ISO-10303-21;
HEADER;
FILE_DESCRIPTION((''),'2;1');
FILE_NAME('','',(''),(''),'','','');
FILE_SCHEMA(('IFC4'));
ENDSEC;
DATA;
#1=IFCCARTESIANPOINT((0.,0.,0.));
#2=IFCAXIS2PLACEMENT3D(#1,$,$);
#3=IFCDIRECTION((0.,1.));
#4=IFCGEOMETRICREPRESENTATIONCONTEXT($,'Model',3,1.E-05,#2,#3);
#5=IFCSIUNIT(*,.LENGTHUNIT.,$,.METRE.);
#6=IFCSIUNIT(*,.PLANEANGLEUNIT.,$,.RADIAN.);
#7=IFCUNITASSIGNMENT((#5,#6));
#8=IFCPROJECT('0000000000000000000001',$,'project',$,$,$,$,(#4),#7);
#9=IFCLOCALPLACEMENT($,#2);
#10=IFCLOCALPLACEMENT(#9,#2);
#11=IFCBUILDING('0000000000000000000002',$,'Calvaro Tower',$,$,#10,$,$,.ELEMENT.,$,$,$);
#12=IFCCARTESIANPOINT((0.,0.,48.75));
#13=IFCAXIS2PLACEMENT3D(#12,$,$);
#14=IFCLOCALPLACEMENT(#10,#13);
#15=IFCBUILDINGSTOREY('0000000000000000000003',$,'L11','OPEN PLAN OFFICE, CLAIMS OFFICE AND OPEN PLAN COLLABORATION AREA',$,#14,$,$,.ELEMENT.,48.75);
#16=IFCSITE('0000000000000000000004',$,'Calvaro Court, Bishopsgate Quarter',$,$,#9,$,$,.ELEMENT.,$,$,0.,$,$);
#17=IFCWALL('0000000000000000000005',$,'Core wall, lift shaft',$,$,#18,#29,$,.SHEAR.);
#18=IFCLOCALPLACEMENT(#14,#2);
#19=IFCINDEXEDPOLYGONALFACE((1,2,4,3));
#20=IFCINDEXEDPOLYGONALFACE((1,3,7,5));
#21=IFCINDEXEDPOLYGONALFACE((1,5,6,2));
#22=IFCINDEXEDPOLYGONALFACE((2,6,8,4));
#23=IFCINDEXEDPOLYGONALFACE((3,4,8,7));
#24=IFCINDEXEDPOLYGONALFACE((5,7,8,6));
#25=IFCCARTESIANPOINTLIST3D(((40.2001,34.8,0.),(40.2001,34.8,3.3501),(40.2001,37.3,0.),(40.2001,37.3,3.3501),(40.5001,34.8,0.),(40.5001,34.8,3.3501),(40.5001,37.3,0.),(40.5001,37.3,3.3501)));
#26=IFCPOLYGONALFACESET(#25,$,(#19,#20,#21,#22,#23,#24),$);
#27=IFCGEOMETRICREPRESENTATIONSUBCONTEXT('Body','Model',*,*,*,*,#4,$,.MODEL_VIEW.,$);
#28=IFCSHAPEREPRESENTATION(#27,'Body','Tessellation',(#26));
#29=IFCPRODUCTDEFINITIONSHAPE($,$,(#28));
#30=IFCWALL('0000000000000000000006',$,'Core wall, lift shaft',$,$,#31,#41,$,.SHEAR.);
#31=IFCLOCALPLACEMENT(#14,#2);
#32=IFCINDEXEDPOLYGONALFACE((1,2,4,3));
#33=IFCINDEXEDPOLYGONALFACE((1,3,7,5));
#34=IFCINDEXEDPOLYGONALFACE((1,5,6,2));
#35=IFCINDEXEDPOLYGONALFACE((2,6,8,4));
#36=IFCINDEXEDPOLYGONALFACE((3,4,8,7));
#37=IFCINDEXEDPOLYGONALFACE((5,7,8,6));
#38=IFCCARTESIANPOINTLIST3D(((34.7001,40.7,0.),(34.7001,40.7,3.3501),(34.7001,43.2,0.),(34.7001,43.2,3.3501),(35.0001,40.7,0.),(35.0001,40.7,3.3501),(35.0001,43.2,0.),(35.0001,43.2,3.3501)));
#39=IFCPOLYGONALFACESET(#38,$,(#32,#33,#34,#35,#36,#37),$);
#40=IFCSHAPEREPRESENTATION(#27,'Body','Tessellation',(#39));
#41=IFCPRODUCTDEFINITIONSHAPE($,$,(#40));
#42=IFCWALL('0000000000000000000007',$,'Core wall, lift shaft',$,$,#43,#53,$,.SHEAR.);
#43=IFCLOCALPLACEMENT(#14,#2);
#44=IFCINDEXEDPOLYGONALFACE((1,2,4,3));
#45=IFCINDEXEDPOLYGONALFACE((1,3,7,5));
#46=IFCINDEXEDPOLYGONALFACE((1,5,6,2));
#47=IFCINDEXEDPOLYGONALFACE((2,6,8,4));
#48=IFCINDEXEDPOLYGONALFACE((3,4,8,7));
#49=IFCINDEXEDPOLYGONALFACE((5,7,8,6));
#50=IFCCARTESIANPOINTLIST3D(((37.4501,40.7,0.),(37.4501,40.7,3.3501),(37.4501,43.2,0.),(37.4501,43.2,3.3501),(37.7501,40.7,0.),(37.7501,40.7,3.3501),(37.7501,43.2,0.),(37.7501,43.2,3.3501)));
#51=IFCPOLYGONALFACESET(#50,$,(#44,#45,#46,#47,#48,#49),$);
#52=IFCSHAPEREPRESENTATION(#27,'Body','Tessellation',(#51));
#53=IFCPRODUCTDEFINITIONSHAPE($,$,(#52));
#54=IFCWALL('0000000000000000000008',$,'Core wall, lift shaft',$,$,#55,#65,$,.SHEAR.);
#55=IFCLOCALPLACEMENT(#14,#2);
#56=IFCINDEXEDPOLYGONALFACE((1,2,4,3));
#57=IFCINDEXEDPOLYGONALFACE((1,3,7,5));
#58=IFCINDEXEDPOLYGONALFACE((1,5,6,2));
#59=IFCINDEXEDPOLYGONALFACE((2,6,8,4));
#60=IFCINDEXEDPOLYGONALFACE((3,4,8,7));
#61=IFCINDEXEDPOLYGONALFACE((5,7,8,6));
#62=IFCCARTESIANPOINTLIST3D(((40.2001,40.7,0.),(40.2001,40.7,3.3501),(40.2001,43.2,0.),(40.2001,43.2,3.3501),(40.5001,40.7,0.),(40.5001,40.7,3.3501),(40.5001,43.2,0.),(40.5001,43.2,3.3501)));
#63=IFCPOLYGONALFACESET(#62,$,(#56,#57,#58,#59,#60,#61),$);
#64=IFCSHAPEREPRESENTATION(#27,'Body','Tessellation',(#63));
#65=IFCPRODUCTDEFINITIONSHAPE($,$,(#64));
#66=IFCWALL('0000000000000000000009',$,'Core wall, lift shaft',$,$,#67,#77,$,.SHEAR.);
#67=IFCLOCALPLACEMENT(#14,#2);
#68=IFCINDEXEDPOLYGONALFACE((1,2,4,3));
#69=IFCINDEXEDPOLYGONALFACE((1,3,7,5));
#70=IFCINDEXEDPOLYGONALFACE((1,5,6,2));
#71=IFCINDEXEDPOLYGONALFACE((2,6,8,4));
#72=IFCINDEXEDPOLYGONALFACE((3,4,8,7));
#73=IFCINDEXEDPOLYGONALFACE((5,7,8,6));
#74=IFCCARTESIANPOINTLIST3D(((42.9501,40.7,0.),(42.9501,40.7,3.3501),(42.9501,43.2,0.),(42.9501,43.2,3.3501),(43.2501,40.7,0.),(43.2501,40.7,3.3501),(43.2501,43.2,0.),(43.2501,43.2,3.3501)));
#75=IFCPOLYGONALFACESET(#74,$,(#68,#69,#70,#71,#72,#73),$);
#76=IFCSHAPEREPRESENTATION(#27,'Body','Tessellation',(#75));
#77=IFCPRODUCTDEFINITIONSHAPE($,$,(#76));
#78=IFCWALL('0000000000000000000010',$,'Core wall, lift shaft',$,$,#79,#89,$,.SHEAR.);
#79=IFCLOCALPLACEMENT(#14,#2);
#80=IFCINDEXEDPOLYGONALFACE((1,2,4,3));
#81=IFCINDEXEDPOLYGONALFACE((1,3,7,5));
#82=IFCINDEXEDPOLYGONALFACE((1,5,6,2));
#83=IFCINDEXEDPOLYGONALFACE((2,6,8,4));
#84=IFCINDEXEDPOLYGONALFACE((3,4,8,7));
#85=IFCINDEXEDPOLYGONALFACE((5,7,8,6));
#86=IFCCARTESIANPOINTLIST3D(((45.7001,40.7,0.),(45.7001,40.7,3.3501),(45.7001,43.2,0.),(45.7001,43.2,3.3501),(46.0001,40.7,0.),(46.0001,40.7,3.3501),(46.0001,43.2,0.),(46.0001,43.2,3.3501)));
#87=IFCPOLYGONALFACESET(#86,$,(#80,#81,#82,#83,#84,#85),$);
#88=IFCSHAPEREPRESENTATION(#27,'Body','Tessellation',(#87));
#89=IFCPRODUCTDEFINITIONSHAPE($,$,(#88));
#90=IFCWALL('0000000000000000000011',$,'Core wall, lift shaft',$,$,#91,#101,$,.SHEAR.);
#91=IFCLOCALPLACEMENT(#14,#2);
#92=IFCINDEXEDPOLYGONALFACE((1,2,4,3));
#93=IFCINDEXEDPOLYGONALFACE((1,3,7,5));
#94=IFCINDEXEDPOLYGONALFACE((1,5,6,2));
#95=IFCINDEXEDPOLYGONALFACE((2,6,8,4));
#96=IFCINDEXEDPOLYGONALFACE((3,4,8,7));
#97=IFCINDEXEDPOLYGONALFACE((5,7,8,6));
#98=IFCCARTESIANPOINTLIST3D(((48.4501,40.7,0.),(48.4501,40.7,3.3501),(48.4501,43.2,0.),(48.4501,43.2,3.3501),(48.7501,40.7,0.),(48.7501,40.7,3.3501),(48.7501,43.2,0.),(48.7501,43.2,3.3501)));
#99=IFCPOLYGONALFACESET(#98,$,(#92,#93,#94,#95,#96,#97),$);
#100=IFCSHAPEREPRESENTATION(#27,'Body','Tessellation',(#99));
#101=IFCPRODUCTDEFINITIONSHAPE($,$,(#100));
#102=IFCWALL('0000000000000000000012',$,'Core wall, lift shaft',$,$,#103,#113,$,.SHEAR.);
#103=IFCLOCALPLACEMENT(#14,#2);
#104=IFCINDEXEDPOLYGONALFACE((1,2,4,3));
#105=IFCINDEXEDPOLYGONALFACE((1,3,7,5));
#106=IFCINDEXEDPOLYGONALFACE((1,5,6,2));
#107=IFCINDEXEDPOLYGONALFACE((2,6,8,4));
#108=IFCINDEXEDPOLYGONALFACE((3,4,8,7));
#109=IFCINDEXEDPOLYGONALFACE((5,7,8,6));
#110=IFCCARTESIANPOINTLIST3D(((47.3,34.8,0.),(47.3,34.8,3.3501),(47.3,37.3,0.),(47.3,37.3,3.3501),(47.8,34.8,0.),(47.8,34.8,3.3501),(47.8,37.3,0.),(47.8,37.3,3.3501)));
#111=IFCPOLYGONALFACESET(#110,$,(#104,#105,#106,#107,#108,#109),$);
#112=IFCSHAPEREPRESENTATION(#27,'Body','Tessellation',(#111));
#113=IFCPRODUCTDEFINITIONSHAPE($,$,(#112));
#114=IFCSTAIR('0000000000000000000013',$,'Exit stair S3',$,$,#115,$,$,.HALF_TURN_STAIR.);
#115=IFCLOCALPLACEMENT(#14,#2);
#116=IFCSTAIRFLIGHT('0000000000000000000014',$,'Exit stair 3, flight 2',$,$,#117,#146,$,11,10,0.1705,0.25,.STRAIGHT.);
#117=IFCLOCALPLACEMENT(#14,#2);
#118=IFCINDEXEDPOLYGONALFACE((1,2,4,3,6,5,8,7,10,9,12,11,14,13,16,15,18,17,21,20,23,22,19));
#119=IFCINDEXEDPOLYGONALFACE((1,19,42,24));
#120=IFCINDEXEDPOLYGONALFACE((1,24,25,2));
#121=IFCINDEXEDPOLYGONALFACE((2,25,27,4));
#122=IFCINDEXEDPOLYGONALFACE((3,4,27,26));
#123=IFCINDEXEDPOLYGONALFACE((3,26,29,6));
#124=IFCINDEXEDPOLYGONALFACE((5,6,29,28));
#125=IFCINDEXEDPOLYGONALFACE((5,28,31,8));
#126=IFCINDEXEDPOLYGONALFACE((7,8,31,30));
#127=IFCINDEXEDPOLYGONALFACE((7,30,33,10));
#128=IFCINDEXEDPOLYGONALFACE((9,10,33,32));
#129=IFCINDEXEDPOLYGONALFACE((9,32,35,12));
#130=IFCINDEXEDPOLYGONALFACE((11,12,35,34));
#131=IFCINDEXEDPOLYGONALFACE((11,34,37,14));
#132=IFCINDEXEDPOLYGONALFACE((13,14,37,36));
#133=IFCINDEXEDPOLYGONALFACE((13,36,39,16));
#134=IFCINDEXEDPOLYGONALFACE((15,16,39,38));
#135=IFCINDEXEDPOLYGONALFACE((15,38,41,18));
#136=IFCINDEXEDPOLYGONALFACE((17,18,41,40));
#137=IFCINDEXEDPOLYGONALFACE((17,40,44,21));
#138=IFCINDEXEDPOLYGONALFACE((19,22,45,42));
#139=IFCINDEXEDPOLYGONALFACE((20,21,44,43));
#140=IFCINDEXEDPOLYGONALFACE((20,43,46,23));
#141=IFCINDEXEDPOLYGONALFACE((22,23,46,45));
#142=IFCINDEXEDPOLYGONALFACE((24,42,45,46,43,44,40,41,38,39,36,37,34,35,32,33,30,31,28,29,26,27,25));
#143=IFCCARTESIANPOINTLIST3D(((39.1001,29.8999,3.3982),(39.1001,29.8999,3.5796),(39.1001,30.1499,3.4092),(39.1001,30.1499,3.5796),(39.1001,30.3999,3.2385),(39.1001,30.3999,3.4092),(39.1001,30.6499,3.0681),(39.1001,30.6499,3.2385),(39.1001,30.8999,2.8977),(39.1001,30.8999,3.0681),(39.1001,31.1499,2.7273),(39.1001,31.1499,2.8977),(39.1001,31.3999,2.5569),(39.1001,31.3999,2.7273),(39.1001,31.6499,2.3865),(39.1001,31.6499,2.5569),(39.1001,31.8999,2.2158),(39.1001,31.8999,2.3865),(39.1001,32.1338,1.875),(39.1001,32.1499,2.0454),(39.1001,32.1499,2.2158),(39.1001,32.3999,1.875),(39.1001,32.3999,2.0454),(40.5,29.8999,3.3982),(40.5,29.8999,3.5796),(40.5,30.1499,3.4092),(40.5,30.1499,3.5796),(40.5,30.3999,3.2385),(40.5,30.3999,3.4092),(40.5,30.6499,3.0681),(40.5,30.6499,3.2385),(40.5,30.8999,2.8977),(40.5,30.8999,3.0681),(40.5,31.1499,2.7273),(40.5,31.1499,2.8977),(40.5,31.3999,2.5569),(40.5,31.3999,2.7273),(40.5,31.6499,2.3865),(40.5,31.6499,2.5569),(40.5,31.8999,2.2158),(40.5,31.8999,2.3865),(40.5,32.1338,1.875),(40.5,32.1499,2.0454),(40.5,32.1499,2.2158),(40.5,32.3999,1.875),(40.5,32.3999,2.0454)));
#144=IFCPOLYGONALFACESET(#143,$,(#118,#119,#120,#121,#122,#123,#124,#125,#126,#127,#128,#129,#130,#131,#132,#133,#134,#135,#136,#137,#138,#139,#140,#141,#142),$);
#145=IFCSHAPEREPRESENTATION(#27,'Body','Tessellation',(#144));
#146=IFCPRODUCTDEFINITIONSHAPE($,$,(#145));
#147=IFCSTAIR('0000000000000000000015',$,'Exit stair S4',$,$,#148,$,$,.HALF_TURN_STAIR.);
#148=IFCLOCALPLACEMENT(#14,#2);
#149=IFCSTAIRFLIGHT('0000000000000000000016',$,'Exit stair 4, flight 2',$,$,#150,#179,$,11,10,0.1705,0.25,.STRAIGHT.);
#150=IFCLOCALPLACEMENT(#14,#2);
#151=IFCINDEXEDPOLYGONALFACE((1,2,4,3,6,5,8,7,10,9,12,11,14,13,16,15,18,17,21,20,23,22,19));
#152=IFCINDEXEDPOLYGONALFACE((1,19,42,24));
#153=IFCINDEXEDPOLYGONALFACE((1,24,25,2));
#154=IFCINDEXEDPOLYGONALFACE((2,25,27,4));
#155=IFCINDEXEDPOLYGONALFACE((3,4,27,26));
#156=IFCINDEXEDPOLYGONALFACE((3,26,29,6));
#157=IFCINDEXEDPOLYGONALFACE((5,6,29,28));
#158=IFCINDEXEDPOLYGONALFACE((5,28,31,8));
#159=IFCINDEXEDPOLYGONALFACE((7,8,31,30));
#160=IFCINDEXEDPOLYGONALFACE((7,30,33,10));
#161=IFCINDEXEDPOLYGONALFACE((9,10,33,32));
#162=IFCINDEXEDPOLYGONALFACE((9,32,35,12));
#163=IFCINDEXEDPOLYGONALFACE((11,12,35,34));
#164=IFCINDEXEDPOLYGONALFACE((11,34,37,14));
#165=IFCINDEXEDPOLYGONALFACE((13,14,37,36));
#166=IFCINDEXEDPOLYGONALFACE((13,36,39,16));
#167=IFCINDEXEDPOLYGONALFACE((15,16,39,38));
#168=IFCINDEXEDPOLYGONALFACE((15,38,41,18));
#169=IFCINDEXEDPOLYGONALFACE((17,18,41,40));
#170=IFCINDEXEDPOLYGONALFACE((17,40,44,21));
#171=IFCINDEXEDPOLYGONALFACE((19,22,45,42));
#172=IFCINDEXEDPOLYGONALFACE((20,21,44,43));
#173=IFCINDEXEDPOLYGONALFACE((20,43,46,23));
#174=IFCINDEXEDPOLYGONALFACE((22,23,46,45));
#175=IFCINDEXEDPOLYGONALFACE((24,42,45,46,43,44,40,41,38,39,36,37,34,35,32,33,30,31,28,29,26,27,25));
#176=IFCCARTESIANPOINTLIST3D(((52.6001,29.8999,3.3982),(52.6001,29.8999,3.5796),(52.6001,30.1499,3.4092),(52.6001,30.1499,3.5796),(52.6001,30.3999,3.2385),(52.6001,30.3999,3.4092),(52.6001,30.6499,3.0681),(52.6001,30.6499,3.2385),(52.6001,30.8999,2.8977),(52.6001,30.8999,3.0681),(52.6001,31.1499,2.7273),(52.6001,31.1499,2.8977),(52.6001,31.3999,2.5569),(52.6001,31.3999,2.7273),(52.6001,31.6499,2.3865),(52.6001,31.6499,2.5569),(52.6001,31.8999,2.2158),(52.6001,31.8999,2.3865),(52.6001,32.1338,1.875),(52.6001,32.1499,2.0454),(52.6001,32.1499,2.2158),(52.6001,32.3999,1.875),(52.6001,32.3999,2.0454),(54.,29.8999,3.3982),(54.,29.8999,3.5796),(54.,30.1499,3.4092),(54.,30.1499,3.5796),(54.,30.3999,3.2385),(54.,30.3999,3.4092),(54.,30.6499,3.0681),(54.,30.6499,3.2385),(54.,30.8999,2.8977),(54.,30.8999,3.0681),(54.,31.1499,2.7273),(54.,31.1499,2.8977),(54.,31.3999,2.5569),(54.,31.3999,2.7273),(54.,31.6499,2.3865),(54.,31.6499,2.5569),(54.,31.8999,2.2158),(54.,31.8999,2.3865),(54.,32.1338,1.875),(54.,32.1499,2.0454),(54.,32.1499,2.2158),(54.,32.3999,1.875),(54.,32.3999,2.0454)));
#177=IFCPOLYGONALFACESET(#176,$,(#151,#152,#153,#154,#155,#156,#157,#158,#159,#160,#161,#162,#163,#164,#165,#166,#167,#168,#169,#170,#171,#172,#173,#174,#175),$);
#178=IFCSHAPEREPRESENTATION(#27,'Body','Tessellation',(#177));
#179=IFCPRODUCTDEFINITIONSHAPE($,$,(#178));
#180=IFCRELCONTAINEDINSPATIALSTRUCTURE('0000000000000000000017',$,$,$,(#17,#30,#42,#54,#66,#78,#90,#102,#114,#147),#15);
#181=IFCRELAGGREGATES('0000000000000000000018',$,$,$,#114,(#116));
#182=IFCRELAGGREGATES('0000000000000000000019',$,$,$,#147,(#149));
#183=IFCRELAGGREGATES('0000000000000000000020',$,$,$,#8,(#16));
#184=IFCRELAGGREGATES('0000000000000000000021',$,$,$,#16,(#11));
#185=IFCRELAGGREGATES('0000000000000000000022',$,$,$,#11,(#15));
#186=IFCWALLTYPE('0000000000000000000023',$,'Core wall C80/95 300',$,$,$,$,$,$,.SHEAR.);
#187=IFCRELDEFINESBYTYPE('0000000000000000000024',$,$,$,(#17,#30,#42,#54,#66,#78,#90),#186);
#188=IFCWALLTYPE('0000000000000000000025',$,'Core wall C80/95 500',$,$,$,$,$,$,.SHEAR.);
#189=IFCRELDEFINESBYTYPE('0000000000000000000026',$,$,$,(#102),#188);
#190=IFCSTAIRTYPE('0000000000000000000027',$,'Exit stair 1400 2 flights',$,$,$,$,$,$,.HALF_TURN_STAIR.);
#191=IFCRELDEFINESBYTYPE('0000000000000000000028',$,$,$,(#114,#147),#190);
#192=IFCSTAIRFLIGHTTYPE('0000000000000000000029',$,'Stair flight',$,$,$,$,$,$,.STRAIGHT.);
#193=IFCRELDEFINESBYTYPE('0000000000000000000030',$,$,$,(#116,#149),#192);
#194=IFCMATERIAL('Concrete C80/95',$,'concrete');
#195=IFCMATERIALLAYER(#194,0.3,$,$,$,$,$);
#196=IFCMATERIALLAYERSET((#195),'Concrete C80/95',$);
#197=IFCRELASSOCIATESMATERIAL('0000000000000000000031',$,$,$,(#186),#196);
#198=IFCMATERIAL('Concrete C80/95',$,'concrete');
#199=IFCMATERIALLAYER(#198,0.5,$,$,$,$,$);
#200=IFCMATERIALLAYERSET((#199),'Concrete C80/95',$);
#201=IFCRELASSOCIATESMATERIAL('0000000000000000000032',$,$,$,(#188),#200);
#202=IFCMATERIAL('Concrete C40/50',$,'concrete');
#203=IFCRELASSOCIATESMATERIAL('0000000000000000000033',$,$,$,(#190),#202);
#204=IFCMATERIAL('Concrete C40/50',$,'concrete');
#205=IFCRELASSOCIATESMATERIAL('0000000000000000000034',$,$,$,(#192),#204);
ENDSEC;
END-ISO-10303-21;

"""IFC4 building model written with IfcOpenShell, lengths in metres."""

from ifc_helpers import new_model, si_unit, direction, frame, frame_2d, origin, place, context, subcontext, project, spatial, polyline, rectangle, outline, extrude, material, layer, layer_set, type_object, element, aggregate, save


model = new_model("IFC4")

# Units and contexts
model_context = context("Model", 3, precision=1e-05, world=origin(), true_north=direction((0.0, 1.0)))
body_context = subcontext(model_context, "Body", "Model", "MODEL_VIEW")
ifc_project = project(units=[si_unit("LENGTHUNIT", "METRE"), si_unit("PLANEANGLEUNIT", "RADIAN")], contexts=[model_context])

# Site, building, storey
site_placement = place(None, origin())
site = spatial("IfcSite", under=ifc_project, at=site_placement, Name="Calvaro Court, Bishopsgate Quarter", CompositionType="ELEMENT", RefElevation=0.0)
building_placement = place(site_placement, origin())
building = spatial("IfcBuilding", under=site, at=building_placement, Name="Calvaro Tower", CompositionType="ELEMENT")
storey_placement = place(building_placement, frame((0.0, 0.0, 48.75)))
storey = spatial("IfcBuildingStorey", under=building, at=storey_placement, Name="L11", Description="OPEN PLAN OFFICE, CLAIMS OFFICE AND OPEN PLAN COLLABORATION AREA", CompositionType="ELEMENT", Elevation=48.75)

# Shared definitions
ifc_material_1 = material(Name="Concrete C80/95", Category="concrete")
ifc_layer_1 = layer(ifc_material_1, 0.3)
ifc_layer_set_1 = layer_set([ifc_layer_1], Name="Concrete C80/95")
wall_type_1 = type_object("IfcWallType", Name="Core wall C80/95 300", PredefinedType="SHEAR", material=ifc_layer_set_1)

# Walls
for number, where, z_axis, x_axis, name in (
    (1, (40.3501, 34.8, 0.0), (0.0, 0.0, 1.0), (0.0, 1.0, 0.0), "Core wall, lift shaft"),
    (2, (34.8501, 40.7, 0.0), (0.0, 0.0, 1.0), (0.0, 1.0, 0.0), "Core wall, lift shaft"),
    (3, (37.6001, 40.7, 0.0), (0.0, 0.0, 1.0), (0.0, 1.0, 0.0), "Core wall, lift shaft"),
    (4, (40.3501, 40.7, 0.0), (0.0, 0.0, 1.0), (0.0, 1.0, 0.0), "Core wall, lift shaft"),
    (5, (43.1001, 40.7, 0.0), (0.0, 0.0, 1.0), (0.0, 1.0, 0.0), "Core wall, lift shaft"),
    (6, (45.8501, 40.7, 0.0), (0.0, 0.0, 1.0), (0.0, 1.0, 0.0), "Core wall, lift shaft"),
    (7, (48.6001, 40.7, 0.0), (0.0, 0.0, 1.0), (0.0, 1.0, 0.0), "Core wall, lift shaft"),
):
    element("IfcWall", number, at=place(storey_placement, frame(where, z_axis=z_axis, x_axis=x_axis)), inside=storey, type_object=wall_type_1, Name=name, PredefinedType="SHEAR", context=body_context, shape_type="SweptSolid", body=[
        extrude(rectangle(XDim=2.5, YDim=0.3, at=frame_2d((1.25, 0.0))), origin(), (0.0, 0.0, 1.0), 3.3501),
    ])
ifc_material_2 = material(Name="Concrete C80/95", Category="concrete")
ifc_layer_2 = layer(ifc_material_2, 0.5)
ifc_layer_set_2 = layer_set([ifc_layer_2], Name="Concrete C80/95")
wall_type_2 = type_object("IfcWallType", Name="Core wall C80/95 500", PredefinedType="SHEAR", material=ifc_layer_set_2)
wall_1_placement = place(storey_placement, frame((47.55, 34.8, 0.0), z_axis=(0.0, 0.0, 1.0), x_axis=(0.0, 1.0, 0.0)))
element("IfcWall", 8, at=wall_1_placement, inside=storey, type_object=wall_type_2, Name="Core wall, lift shaft", PredefinedType="SHEAR", context=body_context, shape_type="SweptSolid", body=[
    extrude(rectangle(XDim=2.5, YDim=0.5, at=frame_2d((1.25, 0.0))), origin(), (0.0, 0.0, 1.0), 3.3501),
])

# Stairs, stair flights
ifc_material_3 = material(Name="Concrete C40/50", Category="concrete")
stair_type = type_object("IfcStairType", Name="Exit stair 1400 2 flights", PredefinedType="HALF_TURN_STAIR", material=ifc_material_3)
stair_1_placement = place(storey_placement, origin())
stair_1 = element("IfcStair", 9, at=stair_1_placement, inside=storey, type_object=stair_type, Name="Exit stair S3", PredefinedType="HALF_TURN_STAIR")
ifc_material_4 = material(Name="Concrete C40/50", Category="concrete")
stair_flight_type = type_object("IfcStairFlightType", Name="Stair flight", PredefinedType="STRAIGHT", material=ifc_material_4)
stair_flight_1_placement = place(storey_placement, frame((39.8, 32.3999, 1.875), z_axis=(0.0, 0.0, 1.0), x_axis=(0.0, -1.0, 0.0)))
stair_flight_1 = element("IfcStairFlight", 10, at=stair_flight_1_placement, type_object=stair_flight_type, Name="Exit stair 3, flight 2", NumberOfRisers=11, NumberOfTreads=10, PredefinedType="STRAIGHT", RiserHeight=0.1705, TreadLength=0.25, context=body_context, shape_type="SweptSolid", body=[
    extrude(outline(polyline([(0.0, 0.0), (0.0, 0.1704), (0.25, 0.1704), (0.25, 0.3408), (0.5, 0.3408), (0.5, 0.5115), (0.75, 0.5115), (0.75, 0.6819), (1.0, 0.6819), (1.0, 0.8523), (1.25, 0.8523), (1.25, 1.0227), (1.5, 1.0227), (1.5, 1.1931), (1.75, 1.1931), (1.75, 1.3635), (2.0, 1.3635), (2.0, 1.5342), (2.25, 1.5342), (2.25, 1.7046), (2.5, 1.7046), (2.5, 1.875), (2.5, 1.5232), (0.2661, 0.0), (0.0, 0.0)])), frame((0.0, 0.7, 0.0), z_axis=(0.0, -1.0, 0.0), x_axis=(1.0, 0.0, 0.0)), (0.0, 0.0, 1.0), 1.3999),
])
stair_2_placement = place(storey_placement, origin())
stair_2 = element("IfcStair", 11, at=stair_2_placement, inside=storey, type_object=stair_type, Name="Exit stair S4", PredefinedType="HALF_TURN_STAIR")
stair_flight_2_placement = place(storey_placement, frame((53.3, 32.3999, 1.875), z_axis=(0.0, 0.0, 1.0), x_axis=(0.0, -1.0, 0.0)))
stair_flight_2 = element("IfcStairFlight", 12, at=stair_flight_2_placement, type_object=stair_flight_type, Name="Exit stair 4, flight 2", NumberOfRisers=11, NumberOfTreads=10, PredefinedType="STRAIGHT", RiserHeight=0.1705, TreadLength=0.25, context=body_context, shape_type="SweptSolid", body=[
    extrude(outline(polyline([(0.0, 0.0), (0.0, 0.1704), (0.25, 0.1704), (0.25, 0.3408), (0.5, 0.3408), (0.5, 0.5115), (0.75, 0.5115), (0.75, 0.6819), (1.0, 0.6819), (1.0, 0.8523), (1.25, 0.8523), (1.25, 1.0227), (1.5, 1.0227), (1.5, 1.1931), (1.75, 1.1931), (1.75, 1.3635), (2.0, 1.3635), (2.0, 1.5342), (2.25, 1.5342), (2.25, 1.7046), (2.5, 1.7046), (2.5, 1.875), (2.5, 1.5232), (0.2661, 0.0), (0.0, 0.0)])), frame((0.0, 0.7, 0.0), z_axis=(0.0, -1.0, 0.0), x_axis=(1.0, 0.0, 0.0)), (0.0, 0.0, 1.0), 1.3999),
])

aggregate(stair_1, [stair_flight_1])
aggregate(stair_2, [stair_flight_2])

save(model, "model.ifc")
